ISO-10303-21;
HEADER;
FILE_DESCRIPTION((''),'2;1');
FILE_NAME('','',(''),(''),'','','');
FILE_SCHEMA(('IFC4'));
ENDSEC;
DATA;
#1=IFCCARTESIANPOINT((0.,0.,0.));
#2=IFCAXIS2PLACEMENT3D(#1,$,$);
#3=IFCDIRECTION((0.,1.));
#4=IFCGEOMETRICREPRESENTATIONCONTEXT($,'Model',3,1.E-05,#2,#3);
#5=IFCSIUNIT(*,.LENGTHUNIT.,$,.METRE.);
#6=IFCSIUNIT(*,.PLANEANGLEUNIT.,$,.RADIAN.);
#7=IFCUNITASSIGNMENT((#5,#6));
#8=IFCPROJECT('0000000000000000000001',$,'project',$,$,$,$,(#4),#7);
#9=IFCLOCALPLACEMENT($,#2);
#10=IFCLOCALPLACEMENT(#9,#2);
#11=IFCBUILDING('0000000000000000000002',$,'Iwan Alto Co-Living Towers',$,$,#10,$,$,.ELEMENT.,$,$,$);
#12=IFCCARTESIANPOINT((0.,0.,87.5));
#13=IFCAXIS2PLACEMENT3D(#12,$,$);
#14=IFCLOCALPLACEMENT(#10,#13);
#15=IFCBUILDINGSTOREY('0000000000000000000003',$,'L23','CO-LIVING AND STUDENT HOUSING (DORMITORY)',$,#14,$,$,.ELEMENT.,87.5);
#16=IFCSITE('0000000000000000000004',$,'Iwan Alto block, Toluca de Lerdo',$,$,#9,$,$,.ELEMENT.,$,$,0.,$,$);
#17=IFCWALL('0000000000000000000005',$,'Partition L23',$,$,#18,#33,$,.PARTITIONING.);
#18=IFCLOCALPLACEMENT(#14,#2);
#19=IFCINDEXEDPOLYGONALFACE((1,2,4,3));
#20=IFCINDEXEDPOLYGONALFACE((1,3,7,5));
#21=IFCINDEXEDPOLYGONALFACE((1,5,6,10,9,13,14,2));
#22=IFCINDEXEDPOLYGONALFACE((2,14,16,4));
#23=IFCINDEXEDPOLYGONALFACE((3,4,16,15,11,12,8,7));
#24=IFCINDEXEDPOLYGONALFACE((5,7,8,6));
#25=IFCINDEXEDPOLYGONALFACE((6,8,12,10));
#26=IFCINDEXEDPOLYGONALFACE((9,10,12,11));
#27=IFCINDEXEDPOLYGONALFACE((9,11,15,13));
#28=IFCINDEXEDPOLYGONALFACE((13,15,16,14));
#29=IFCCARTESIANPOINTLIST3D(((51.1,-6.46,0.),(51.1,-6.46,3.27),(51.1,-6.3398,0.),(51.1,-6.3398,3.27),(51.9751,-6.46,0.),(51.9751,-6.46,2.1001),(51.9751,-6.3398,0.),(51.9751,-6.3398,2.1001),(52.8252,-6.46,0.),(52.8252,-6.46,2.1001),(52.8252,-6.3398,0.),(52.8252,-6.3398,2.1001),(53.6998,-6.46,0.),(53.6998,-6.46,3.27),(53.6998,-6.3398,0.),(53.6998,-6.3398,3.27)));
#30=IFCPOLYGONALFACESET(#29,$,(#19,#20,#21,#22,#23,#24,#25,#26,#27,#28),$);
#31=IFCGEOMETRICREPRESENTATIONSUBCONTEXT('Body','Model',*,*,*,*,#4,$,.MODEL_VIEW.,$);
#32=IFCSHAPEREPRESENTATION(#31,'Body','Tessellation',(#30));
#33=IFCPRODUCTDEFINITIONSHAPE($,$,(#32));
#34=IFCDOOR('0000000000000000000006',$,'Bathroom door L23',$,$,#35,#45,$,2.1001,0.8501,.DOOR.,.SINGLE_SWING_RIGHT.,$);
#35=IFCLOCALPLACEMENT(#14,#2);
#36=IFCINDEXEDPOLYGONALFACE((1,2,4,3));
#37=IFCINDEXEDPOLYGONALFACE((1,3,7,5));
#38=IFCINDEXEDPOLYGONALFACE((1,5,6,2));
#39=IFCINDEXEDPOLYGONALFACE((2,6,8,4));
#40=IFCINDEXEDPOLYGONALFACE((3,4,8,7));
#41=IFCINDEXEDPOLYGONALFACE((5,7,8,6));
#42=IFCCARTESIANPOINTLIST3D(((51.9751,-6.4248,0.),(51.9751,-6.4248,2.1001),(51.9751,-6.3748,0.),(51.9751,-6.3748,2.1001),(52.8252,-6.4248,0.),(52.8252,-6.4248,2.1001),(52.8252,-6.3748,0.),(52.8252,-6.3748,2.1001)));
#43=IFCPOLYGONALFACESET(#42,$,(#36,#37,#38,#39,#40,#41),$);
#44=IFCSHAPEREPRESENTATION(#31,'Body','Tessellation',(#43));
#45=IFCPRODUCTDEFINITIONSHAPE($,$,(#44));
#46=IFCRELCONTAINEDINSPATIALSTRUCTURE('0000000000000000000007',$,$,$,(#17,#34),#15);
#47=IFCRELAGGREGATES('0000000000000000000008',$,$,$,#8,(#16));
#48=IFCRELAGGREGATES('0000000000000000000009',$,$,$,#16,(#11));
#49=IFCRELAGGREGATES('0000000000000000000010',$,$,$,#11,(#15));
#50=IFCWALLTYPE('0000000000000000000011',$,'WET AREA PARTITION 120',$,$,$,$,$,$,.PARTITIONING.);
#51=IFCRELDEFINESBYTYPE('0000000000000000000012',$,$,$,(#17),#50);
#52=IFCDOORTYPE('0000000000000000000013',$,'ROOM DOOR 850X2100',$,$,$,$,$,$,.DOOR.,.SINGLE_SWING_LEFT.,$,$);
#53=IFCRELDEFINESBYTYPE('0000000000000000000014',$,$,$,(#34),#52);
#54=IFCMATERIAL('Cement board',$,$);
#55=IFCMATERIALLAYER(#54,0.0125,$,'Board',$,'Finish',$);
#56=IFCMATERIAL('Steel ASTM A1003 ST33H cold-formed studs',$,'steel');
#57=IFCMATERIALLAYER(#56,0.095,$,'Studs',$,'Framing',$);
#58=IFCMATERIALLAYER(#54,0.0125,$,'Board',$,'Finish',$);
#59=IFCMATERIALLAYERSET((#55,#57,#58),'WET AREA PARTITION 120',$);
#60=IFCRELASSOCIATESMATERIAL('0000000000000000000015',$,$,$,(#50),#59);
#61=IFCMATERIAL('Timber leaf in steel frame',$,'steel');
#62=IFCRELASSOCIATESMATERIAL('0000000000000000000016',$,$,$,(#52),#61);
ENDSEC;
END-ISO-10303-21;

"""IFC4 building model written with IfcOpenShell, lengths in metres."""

from ifc_helpers import new_model, si_unit, direction, frame, frame_2d, origin, place, context, subcontext, project, spatial, rectangle, extrude, material, layer, layer_set, type_object, element, fill, save


model = new_model("IFC4")

# Units and contexts
model_context = context("Model", 3, precision=1e-05, world=origin(), true_north=direction((0.0, 1.0)))
body_context = subcontext(model_context, "Body", "Model", "MODEL_VIEW")
ifc_project = project(units=[si_unit("LENGTHUNIT", "METRE"), si_unit("PLANEANGLEUNIT", "RADIAN")], contexts=[model_context])

# Site, building, storey
site_placement = place(None, origin())
site = spatial("IfcSite", under=ifc_project, at=site_placement, Name="Iwan Alto block, Toluca de Lerdo", CompositionType="ELEMENT", RefElevation=0.0)
building_placement = place(site_placement, origin())
building = spatial("IfcBuilding", under=site, at=building_placement, Name="Iwan Alto Co-Living Towers", CompositionType="ELEMENT")
storey_placement = place(building_placement, frame((0.0, 0.0, 87.5)))
storey = spatial("IfcBuildingStorey", under=building, at=storey_placement, Name="L23", Description="CO-LIVING AND STUDENT HOUSING (DORMITORY)", CompositionType="ELEMENT", Elevation=87.5)

# Shared definitions
ifc_material_1 = material(Name="Steel ASTM A1003 ST33H cold-formed studs", Category="steel")

# Wall, opening, door
ifc_material_2 = material(Name="Cement board")
ifc_layer_1 = layer(ifc_material_2, 0.0125, Name="Board", Category="Finish")
ifc_layer_2 = layer(ifc_material_1, 0.095, Name="Studs", Category="Framing")
ifc_layer_3 = layer(ifc_material_2, 0.0125, Name="Board", Category="Finish")
ifc_layer_set_1 = layer_set([ifc_layer_1, ifc_layer_2, ifc_layer_3], Name="WET AREA PARTITION 120")
wall_type_1 = type_object("IfcWallType", Name="WET AREA PARTITION 120", PredefinedType="PARTITIONING", material=ifc_layer_set_1)
wall_1_placement = place(storey_placement, frame((51.1001, -6.3999, 0.0), z_axis=(0.0, 0.0, 1.0), x_axis=(1.0, 0.0, 0.0)))
wall_1 = element("IfcWall", 1, at=wall_1_placement, inside=storey, type_object=wall_type_1, Name="Partition L23", PredefinedType="PARTITIONING", context=body_context, shape_type="SweptSolid", body=[
    extrude(rectangle(XDim=2.5999, YDim=0.1201, at=frame_2d((1.2998, 0.0))), origin(), (0.0, 0.0, 1.0), 3.27),
])
opening_1_placement = place(wall_1_placement, frame((0.875, 0.0, 0.0)))
opening_1 = element("IfcOpeningElement", 2, at=opening_1_placement, cuts=wall_1, PredefinedType="OPENING", context=body_context, shape_type="SweptSolid", body=[
    extrude(rectangle(XDim=0.8501, YDim=2.1001, at=frame_2d((0.425, 1.05))), frame((0.0, 0.0701, 0.0), z_axis=(0.0, -1.0, 0.0), x_axis=(1.0, 0.0, 0.0)), (0.0, 0.0, 1.0), 0.1401),
])
ifc_material_3 = material(Name="Timber leaf in steel frame", Category="steel")
door_type_1 = type_object("IfcDoorType", Name="ROOM DOOR 850X2100", OperationType="SINGLE_SWING_LEFT", PredefinedType="DOOR", material=ifc_material_3)
door_1_placement = place(opening_1_placement, frame((0.8501, 0.0, 0.0), z_axis=(0.0, 0.0, 1.0), x_axis=(-1.0, 0.0, 0.0)))
door_1 = element("IfcDoor", 3, at=door_1_placement, inside=storey, type_object=door_type_1, Name="Bathroom door L23", OperationType="SINGLE_SWING_RIGHT", OverallHeight=2.1001, OverallWidth=0.8501, PredefinedType="DOOR", context=body_context, shape_type="SweptSolid", body=[
    extrude(rectangle(XDim=0.8501, YDim=2.1001, at=frame_2d((0.425, 1.05))), frame((0.0, 0.0249, 0.0), z_axis=(0.0, -1.0, 0.0), x_axis=(1.0, 0.0, 0.0)), (0.0, 0.0, 1.0), 0.05),
])
fill(opening_1, door_1)

save(model, "model.ifc")
